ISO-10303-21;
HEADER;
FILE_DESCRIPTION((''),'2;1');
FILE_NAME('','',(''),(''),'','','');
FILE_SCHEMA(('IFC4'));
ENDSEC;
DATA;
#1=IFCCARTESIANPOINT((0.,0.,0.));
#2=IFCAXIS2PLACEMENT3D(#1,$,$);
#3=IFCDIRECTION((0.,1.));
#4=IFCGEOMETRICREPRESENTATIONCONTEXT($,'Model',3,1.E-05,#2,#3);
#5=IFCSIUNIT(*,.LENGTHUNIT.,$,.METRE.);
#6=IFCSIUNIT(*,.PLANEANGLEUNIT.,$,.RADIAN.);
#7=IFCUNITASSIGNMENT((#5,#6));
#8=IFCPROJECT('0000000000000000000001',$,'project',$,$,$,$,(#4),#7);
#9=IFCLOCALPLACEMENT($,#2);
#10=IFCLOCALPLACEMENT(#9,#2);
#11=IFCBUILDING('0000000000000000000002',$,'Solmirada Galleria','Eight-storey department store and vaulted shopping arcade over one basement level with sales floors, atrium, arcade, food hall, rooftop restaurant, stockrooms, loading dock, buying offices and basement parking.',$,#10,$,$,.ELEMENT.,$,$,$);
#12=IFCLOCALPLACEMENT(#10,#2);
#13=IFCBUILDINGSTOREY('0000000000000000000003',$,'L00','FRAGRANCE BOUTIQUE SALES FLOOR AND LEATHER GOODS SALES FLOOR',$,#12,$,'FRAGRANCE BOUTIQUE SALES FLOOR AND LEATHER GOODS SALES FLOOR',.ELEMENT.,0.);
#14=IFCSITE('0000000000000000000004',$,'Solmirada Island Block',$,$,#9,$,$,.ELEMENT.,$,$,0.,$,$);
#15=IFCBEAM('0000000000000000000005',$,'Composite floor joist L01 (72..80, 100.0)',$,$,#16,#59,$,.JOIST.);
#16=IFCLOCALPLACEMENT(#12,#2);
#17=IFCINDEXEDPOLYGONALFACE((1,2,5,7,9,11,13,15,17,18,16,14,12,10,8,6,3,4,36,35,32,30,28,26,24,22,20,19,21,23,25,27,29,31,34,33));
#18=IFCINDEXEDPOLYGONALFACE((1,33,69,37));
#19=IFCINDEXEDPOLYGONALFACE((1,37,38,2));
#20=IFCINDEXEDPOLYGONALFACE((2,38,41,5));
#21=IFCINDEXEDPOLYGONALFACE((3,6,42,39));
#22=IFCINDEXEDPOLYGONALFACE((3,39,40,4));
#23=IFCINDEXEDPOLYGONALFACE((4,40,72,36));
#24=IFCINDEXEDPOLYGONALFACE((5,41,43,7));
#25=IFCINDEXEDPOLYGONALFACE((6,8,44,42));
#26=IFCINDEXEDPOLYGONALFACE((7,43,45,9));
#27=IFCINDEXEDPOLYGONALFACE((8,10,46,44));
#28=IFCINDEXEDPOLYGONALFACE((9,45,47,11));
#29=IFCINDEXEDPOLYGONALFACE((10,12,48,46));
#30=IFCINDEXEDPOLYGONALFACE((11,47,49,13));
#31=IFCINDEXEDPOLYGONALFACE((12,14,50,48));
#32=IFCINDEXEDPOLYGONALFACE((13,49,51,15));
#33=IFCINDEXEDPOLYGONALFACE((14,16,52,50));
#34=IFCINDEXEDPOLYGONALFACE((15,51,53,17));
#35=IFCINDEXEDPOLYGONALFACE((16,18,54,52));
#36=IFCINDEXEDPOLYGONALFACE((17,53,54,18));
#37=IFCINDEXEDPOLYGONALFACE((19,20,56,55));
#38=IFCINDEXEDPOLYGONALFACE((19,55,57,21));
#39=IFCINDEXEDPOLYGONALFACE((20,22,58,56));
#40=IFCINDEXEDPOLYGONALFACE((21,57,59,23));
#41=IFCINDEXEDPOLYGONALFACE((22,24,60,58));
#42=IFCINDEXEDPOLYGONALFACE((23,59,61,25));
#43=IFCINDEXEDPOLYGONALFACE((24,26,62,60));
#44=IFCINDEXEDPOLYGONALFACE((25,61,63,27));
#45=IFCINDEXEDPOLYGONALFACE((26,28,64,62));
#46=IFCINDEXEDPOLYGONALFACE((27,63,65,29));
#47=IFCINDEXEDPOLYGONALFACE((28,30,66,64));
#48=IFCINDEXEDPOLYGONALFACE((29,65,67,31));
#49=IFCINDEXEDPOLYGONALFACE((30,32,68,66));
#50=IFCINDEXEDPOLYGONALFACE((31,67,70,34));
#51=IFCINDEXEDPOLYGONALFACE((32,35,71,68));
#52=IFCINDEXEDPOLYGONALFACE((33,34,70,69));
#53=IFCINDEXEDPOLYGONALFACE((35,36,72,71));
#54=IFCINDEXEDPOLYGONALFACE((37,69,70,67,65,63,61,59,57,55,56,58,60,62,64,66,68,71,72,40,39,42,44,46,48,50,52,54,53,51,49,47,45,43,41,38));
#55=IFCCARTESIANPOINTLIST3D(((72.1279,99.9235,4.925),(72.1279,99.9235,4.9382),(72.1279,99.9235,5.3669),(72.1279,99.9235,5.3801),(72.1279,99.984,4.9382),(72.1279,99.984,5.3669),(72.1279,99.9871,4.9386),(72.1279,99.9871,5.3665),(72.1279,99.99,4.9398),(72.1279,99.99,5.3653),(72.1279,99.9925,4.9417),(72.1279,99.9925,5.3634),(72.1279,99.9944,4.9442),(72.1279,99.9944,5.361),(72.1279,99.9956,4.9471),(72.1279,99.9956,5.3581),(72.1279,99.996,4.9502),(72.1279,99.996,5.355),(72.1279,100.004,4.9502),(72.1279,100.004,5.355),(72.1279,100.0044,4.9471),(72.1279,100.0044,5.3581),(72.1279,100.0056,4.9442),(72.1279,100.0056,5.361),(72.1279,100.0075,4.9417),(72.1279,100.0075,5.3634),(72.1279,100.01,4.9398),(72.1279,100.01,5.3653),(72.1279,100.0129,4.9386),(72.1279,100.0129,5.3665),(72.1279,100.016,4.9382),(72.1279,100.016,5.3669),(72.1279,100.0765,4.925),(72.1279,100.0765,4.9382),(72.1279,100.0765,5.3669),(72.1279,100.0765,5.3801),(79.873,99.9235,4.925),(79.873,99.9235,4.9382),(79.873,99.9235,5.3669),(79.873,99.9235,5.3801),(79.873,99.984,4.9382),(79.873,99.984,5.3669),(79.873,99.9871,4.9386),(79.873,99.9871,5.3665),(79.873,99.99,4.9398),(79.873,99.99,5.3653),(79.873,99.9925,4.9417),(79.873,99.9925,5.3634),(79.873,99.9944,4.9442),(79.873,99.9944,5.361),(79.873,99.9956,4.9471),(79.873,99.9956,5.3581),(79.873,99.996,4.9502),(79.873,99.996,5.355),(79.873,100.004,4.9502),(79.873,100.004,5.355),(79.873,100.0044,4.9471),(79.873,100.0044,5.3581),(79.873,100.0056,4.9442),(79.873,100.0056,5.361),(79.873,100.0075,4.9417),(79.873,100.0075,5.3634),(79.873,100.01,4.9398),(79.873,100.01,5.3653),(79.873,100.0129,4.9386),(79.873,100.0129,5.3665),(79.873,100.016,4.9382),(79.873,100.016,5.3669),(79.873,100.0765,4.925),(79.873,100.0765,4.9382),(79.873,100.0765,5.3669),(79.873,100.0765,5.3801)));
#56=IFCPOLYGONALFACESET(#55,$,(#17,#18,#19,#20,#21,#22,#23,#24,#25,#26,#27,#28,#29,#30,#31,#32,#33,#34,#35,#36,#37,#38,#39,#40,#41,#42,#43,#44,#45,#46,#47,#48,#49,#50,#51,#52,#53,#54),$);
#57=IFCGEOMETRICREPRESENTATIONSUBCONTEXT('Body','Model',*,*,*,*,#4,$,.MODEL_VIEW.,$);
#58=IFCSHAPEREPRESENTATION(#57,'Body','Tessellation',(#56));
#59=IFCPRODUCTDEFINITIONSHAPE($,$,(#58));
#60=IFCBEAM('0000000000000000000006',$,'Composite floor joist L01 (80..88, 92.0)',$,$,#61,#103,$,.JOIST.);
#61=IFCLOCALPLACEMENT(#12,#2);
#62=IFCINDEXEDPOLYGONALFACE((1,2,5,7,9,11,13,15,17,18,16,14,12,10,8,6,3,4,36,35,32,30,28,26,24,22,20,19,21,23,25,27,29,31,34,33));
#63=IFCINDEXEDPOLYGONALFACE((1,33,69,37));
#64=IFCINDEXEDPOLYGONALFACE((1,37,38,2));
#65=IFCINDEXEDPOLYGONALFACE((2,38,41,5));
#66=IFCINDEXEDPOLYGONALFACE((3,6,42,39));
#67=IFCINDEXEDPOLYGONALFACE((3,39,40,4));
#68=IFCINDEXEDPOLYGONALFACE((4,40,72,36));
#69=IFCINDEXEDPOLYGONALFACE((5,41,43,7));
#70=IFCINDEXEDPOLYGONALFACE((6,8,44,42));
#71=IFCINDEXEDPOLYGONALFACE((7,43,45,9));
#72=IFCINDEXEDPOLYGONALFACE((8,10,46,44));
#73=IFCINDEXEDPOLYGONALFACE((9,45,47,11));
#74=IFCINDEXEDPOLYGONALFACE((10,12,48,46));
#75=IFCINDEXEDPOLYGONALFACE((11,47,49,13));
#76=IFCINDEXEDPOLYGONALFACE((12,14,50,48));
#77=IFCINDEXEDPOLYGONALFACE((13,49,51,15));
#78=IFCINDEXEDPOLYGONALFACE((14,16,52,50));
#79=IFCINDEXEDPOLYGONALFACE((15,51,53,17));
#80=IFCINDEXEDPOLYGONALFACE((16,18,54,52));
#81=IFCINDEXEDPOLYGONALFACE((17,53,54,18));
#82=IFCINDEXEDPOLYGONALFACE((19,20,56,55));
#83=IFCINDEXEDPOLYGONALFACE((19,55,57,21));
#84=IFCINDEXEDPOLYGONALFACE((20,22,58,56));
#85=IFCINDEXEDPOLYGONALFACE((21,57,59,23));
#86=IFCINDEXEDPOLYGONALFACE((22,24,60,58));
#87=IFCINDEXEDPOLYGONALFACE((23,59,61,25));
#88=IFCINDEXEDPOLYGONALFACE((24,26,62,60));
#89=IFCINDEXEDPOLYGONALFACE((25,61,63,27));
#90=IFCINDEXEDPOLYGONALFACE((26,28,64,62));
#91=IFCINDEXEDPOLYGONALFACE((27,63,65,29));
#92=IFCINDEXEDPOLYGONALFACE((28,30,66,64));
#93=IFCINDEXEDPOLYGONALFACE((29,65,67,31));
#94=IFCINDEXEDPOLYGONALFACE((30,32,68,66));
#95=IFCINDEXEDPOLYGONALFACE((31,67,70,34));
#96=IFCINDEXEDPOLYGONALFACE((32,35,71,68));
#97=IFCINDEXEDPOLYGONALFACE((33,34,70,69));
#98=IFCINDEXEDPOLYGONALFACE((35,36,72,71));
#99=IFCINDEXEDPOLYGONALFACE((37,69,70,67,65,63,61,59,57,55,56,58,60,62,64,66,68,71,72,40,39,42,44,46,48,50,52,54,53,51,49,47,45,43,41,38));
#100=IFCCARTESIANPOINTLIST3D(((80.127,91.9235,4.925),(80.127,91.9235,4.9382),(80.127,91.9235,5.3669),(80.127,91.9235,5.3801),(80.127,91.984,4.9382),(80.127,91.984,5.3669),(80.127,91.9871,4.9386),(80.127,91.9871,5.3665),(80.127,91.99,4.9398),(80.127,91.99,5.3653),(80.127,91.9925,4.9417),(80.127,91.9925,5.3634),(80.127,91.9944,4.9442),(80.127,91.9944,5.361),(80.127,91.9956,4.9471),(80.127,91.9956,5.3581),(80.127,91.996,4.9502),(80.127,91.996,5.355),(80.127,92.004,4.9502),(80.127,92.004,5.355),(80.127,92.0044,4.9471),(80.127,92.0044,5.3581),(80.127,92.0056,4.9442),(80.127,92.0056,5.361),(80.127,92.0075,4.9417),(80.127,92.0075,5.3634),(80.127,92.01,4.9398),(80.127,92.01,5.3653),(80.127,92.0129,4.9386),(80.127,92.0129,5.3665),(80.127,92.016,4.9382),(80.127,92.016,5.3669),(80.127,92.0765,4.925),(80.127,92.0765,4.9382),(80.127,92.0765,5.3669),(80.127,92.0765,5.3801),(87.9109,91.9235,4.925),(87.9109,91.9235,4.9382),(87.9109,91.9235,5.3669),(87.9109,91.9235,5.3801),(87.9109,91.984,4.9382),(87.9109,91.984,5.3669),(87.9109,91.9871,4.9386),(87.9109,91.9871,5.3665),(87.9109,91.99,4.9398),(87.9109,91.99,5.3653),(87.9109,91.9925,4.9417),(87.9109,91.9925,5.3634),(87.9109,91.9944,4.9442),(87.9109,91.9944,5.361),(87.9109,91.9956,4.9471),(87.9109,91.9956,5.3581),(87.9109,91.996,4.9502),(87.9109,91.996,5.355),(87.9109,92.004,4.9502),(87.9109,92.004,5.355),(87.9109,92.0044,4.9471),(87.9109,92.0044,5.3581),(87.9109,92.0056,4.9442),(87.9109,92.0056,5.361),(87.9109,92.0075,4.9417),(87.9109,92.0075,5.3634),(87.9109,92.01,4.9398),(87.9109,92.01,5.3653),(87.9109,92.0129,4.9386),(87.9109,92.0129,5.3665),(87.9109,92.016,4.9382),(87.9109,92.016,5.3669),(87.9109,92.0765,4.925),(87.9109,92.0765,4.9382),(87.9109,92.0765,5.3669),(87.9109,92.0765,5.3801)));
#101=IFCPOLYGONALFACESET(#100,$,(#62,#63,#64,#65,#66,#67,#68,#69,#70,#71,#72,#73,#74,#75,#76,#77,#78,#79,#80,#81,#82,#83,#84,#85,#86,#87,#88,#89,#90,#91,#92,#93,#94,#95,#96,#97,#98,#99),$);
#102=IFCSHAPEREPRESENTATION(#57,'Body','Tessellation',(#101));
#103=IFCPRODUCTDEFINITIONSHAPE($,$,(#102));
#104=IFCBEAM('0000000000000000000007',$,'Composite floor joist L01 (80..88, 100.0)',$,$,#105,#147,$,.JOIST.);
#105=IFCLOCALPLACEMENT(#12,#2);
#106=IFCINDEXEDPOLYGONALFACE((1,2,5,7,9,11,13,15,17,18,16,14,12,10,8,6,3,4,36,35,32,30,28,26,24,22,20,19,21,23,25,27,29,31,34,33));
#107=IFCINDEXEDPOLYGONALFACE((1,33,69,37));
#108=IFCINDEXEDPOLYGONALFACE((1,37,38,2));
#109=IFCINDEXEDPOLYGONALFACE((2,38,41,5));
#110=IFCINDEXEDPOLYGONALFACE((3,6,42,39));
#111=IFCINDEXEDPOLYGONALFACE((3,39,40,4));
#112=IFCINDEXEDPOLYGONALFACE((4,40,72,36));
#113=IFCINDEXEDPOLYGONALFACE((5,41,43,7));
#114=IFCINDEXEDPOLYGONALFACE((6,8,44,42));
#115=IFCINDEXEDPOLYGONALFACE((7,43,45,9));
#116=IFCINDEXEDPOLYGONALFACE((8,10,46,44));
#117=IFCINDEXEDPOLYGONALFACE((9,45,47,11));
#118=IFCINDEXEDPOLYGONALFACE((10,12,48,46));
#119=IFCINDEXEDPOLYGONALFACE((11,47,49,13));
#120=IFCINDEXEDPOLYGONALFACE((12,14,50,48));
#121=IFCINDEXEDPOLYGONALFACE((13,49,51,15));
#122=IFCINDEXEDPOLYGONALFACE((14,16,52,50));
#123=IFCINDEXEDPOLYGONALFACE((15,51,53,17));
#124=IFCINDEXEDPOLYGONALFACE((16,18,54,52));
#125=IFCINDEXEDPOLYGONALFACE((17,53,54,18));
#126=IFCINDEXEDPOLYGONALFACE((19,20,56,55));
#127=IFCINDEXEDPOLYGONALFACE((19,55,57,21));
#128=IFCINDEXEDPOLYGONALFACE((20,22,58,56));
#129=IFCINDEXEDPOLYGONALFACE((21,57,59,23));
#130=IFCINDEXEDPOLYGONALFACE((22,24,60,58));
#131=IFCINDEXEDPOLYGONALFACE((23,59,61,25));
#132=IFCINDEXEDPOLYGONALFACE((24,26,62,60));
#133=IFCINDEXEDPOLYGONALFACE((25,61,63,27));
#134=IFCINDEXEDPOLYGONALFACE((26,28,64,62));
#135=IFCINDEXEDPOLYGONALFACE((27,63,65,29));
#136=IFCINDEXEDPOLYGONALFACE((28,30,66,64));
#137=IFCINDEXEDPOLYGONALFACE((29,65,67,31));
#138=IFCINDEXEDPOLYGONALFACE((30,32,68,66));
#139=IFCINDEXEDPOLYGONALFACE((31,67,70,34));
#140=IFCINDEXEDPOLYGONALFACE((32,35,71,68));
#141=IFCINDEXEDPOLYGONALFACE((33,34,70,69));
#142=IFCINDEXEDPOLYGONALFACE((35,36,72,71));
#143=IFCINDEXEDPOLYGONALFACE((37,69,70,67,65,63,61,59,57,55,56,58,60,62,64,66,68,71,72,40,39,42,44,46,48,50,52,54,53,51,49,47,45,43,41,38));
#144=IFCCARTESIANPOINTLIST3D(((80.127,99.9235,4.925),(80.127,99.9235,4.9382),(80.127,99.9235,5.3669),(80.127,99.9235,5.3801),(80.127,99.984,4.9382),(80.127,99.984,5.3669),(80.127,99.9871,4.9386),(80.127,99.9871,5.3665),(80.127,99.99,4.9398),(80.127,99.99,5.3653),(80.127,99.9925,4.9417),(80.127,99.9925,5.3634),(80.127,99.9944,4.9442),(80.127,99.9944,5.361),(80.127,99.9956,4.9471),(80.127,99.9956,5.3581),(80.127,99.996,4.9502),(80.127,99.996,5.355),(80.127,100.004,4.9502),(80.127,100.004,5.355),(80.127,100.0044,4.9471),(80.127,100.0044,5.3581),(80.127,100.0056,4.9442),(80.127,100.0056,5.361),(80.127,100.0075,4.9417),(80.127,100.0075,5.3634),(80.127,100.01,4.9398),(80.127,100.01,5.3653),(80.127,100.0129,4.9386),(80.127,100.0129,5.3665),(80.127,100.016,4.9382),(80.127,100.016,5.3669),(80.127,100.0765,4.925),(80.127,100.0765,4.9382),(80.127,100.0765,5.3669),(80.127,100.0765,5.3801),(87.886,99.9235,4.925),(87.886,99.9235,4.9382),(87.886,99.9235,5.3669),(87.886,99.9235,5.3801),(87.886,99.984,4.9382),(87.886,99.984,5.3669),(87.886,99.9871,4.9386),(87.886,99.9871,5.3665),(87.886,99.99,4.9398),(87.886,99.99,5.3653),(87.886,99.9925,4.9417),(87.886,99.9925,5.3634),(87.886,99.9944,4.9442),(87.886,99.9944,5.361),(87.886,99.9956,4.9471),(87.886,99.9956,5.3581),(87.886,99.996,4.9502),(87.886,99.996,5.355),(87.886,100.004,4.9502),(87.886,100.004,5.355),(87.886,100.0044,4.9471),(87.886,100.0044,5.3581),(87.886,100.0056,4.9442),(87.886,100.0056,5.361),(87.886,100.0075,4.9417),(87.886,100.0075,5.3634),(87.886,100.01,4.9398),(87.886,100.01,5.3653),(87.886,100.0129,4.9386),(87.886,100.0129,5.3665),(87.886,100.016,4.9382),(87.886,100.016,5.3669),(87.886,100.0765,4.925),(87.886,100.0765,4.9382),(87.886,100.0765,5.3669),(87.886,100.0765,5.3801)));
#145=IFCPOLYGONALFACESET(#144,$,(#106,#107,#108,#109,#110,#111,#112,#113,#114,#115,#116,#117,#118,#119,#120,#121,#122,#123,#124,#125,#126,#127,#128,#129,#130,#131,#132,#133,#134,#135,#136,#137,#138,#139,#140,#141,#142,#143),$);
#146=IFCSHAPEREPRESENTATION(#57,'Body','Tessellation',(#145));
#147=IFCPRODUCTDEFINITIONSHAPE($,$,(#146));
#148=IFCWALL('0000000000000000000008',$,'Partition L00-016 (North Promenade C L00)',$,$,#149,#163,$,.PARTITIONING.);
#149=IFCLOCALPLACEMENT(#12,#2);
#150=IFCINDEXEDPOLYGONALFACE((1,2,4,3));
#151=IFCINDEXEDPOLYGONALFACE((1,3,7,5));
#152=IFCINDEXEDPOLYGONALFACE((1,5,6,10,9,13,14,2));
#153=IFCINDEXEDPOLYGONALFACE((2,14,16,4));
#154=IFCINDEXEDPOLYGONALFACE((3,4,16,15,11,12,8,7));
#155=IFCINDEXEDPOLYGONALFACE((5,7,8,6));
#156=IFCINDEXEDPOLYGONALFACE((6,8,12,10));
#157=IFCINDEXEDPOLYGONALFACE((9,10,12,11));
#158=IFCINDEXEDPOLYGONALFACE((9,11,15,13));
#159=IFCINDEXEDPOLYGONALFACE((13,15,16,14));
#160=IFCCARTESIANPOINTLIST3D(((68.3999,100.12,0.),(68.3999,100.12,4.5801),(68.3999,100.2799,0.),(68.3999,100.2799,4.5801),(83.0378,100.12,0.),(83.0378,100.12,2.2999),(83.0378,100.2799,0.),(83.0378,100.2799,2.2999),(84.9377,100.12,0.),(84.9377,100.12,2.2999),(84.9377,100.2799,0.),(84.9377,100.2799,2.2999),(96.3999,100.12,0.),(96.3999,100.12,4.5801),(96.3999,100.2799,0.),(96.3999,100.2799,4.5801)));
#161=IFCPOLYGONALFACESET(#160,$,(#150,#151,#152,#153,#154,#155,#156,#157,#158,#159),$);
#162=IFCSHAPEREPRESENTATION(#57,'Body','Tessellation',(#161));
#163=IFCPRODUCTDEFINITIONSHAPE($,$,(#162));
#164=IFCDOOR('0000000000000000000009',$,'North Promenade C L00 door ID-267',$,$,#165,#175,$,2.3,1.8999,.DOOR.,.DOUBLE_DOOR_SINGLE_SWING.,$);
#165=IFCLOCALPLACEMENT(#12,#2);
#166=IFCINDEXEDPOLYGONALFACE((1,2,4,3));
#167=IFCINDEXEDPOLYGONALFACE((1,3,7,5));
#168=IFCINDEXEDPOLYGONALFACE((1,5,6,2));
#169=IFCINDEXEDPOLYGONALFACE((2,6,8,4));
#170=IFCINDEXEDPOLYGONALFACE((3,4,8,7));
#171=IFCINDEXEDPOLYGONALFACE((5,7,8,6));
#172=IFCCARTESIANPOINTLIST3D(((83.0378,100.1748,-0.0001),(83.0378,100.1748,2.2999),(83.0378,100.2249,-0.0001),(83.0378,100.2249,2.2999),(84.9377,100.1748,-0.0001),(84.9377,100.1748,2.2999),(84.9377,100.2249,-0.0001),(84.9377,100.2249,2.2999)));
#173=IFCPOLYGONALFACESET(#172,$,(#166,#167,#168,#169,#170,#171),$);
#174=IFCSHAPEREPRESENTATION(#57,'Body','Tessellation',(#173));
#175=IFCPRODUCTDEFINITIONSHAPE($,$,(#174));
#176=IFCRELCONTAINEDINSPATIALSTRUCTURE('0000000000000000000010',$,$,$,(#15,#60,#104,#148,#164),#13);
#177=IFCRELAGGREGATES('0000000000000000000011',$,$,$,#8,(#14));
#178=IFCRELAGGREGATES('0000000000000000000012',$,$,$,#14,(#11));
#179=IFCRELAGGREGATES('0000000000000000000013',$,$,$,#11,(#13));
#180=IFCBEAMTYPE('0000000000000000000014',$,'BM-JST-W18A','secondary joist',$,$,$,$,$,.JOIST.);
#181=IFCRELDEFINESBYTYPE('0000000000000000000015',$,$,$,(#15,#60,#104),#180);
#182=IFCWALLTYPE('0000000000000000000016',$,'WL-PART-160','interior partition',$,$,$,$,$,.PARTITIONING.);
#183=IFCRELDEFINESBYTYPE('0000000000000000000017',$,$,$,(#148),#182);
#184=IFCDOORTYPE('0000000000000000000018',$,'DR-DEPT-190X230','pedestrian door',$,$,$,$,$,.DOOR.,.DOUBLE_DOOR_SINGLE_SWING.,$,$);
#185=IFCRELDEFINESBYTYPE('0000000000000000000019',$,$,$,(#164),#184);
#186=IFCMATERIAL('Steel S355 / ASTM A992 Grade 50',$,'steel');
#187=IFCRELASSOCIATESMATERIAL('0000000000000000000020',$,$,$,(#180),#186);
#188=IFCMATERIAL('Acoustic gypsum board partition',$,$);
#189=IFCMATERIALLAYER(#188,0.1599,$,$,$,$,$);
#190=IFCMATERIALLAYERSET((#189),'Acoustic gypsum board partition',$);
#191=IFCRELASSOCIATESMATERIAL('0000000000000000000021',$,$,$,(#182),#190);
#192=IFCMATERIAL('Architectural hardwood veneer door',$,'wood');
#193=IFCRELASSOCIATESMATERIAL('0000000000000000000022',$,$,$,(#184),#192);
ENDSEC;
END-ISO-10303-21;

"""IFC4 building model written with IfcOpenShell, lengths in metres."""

from ifc_helpers import new_model, si_unit, direction, frame, frame_2d, origin, origin_2d, place, context, subcontext, project, spatial, rectangle, i_section, extrude, material, layer, layer_set, material_profile, profile_set, type_object, element, fill, save


model = new_model("IFC4")

# Units and contexts
model_context = context("Model", 3, precision=1e-05, world=origin(), true_north=direction((0.0, 1.0)))
body_context = subcontext(model_context, "Body", "Model", "MODEL_VIEW")
ifc_project = project(units=[si_unit("LENGTHUNIT", "METRE"), si_unit("PLANEANGLEUNIT", "RADIAN")], contexts=[model_context])

# Site, building, storey
site_placement = place(None, origin())
site = spatial("IfcSite", under=ifc_project, at=site_placement, Name="Solmirada Island Block", CompositionType="ELEMENT", RefElevation=0.0)
building_placement = place(site_placement, origin())
building = spatial("IfcBuilding", under=site, at=building_placement, Name="Solmirada Galleria", Description="Eight-storey department store and vaulted shopping arcade over one basement level with sales floors, atrium, arcade, food hall, rooftop restaurant, stockrooms, loading dock, buying offices and basement parking.", CompositionType="ELEMENT")
storey_placement = place(building_placement, origin())
storey = spatial("IfcBuildingStorey", under=building, at=storey_placement, Name="L00", Description="FRAGRANCE BOUTIQUE SALES FLOOR AND LEATHER GOODS SALES FLOOR", LongName="FRAGRANCE BOUTIQUE SALES FLOOR AND LEATHER GOODS SALES FLOOR", CompositionType="ELEMENT", Elevation=0.0)

# Beams
ifc_material_1 = material(Name="Steel S355 / ASTM A992 Grade 50", Category="steel")
ifc_material_profile_1 = material_profile(ifc_material_1, i_section(OverallWidth=0.1531, OverallDepth=0.4551, WebThickness=0.0081, FlangeThickness=0.0132, FilletRadius=0.012, at=origin_2d()), Name="W18X40")
ifc_profile_set_1 = profile_set([ifc_material_profile_1], Name="Steel S355 / ASTM A992 Grade 50")
beam_type_1 = type_object("IfcBeamType", Name="BM-JST-W18A", Description="secondary joist", PredefinedType="JOIST", material=ifc_profile_set_1)
for number, where, z_axis, x_axis, name in (
    (1, (72.1279, 100.0, 5.1526), (1.0, 0.0, 0.0), (0.0, 1.0, 0.0), "Composite floor joist L01 (72..80, 100.0)"),
):
    element("IfcBeam", number, at=place(storey_placement, frame(where, z_axis=z_axis, x_axis=x_axis)), inside=storey, type_object=beam_type_1, Name=name, PredefinedType="JOIST", context=body_context, shape_type="SweptSolid", body=[
        extrude(i_section(OverallWidth=0.1531, OverallDepth=0.4551, WebThickness=0.0081, FlangeThickness=0.0132, FilletRadius=0.012, at=origin_2d()), origin(), (0.0, 0.0, 1.0), 7.7451),
    ])
beam_1_placement = place(storey_placement, frame((80.127, 92.0, 5.1526), z_axis=(1.0, 0.0, 0.0), x_axis=(0.0, 1.0, 0.0)))
element("IfcBeam", 2, at=beam_1_placement, inside=storey, type_object=beam_type_1, Name="Composite floor joist L01 (80..88, 92.0)", PredefinedType="JOIST", context=body_context, shape_type="SweptSolid", body=[
    extrude(i_section(OverallWidth=0.1531, OverallDepth=0.4551, WebThickness=0.0081, FlangeThickness=0.0132, FilletRadius=0.012, at=origin_2d()), origin(), (0.0, 0.0, 1.0), 7.7839),
])
beam_2_placement = place(storey_placement, frame((80.127, 100.0, 5.1526), z_axis=(1.0, 0.0, 0.0), x_axis=(0.0, 1.0, 0.0)))
element("IfcBeam", 3, at=beam_2_placement, inside=storey, type_object=beam_type_1, Name="Composite floor joist L01 (80..88, 100.0)", PredefinedType="JOIST", context=body_context, shape_type="SweptSolid", body=[
    extrude(i_section(OverallWidth=0.1531, OverallDepth=0.4551, WebThickness=0.0081, FlangeThickness=0.0132, FilletRadius=0.012, at=origin_2d()), origin(), (0.0, 0.0, 1.0), 7.759),
])

# Wall, opening, door
ifc_material_2 = material(Name="Acoustic gypsum board partition")
ifc_layer = layer(ifc_material_2, 0.1599)
ifc_layer_set = layer_set([ifc_layer], Name="Acoustic gypsum board partition")
wall_type = type_object("IfcWallType", Name="WL-PART-160", Description="interior partition", PredefinedType="PARTITIONING", material=ifc_layer_set)
wall_placement = place(storey_placement, frame((68.3999, 100.2, 0.0), z_axis=(0.0, 0.0, 1.0), x_axis=(1.0, 0.0, 0.0)))
wall = element("IfcWall", 4, at=wall_placement, inside=storey, type_object=wall_type, Name="Partition L00-016 (North Promenade C L00)", PredefinedType="PARTITIONING", context=body_context, shape_type="SweptSolid", body=[
    extrude(rectangle(XDim=28.0, YDim=0.1599, at=frame_2d((14.0, 0.0))), origin(), (0.0, 0.0, 1.0), 4.5801),
])
opening_placement = place(wall_placement, frame((14.6379, 0.0, 0.0)))
opening = element("IfcOpeningElement", 5, at=opening_placement, cuts=wall, PredefinedType="OPENING", context=body_context, shape_type="SweptSolid", body=[
    extrude(rectangle(XDim=1.8999, YDim=2.3, at=frame_2d((0.95, 1.1499))), frame((0.0, 0.0898, 0.0), z_axis=(0.0, -1.0, 0.0), x_axis=(1.0, 0.0, 0.0)), (0.0, 0.0, 1.0), 0.1799),
])
ifc_material_3 = material(Name="Architectural hardwood veneer door", Category="wood")
door_type = type_object("IfcDoorType", Name="DR-DEPT-190X230", Description="pedestrian door", OperationType="DOUBLE_DOOR_SINGLE_SWING", PredefinedType="DOOR", material=ifc_material_3)
door_placement = place(opening_placement, origin())
door = element("IfcDoor", 6, at=door_placement, inside=storey, type_object=door_type, Name="North Promenade C L00 door ID-267", OperationType="DOUBLE_DOOR_SINGLE_SWING", OverallHeight=2.3, OverallWidth=1.8999, PredefinedType="DOOR", context=body_context, shape_type="SweptSolid", body=[
    extrude(rectangle(XDim=1.8999, YDim=2.3, at=frame_2d((0.95, 1.1499))), frame((0.0, 0.0249, 0.0), z_axis=(0.0, -1.0, 0.0), x_axis=(1.0, 0.0, 0.0)), (0.0, 0.0, 1.0), 0.05),
])
fill(opening, door)

save(model, "model.ifc")
